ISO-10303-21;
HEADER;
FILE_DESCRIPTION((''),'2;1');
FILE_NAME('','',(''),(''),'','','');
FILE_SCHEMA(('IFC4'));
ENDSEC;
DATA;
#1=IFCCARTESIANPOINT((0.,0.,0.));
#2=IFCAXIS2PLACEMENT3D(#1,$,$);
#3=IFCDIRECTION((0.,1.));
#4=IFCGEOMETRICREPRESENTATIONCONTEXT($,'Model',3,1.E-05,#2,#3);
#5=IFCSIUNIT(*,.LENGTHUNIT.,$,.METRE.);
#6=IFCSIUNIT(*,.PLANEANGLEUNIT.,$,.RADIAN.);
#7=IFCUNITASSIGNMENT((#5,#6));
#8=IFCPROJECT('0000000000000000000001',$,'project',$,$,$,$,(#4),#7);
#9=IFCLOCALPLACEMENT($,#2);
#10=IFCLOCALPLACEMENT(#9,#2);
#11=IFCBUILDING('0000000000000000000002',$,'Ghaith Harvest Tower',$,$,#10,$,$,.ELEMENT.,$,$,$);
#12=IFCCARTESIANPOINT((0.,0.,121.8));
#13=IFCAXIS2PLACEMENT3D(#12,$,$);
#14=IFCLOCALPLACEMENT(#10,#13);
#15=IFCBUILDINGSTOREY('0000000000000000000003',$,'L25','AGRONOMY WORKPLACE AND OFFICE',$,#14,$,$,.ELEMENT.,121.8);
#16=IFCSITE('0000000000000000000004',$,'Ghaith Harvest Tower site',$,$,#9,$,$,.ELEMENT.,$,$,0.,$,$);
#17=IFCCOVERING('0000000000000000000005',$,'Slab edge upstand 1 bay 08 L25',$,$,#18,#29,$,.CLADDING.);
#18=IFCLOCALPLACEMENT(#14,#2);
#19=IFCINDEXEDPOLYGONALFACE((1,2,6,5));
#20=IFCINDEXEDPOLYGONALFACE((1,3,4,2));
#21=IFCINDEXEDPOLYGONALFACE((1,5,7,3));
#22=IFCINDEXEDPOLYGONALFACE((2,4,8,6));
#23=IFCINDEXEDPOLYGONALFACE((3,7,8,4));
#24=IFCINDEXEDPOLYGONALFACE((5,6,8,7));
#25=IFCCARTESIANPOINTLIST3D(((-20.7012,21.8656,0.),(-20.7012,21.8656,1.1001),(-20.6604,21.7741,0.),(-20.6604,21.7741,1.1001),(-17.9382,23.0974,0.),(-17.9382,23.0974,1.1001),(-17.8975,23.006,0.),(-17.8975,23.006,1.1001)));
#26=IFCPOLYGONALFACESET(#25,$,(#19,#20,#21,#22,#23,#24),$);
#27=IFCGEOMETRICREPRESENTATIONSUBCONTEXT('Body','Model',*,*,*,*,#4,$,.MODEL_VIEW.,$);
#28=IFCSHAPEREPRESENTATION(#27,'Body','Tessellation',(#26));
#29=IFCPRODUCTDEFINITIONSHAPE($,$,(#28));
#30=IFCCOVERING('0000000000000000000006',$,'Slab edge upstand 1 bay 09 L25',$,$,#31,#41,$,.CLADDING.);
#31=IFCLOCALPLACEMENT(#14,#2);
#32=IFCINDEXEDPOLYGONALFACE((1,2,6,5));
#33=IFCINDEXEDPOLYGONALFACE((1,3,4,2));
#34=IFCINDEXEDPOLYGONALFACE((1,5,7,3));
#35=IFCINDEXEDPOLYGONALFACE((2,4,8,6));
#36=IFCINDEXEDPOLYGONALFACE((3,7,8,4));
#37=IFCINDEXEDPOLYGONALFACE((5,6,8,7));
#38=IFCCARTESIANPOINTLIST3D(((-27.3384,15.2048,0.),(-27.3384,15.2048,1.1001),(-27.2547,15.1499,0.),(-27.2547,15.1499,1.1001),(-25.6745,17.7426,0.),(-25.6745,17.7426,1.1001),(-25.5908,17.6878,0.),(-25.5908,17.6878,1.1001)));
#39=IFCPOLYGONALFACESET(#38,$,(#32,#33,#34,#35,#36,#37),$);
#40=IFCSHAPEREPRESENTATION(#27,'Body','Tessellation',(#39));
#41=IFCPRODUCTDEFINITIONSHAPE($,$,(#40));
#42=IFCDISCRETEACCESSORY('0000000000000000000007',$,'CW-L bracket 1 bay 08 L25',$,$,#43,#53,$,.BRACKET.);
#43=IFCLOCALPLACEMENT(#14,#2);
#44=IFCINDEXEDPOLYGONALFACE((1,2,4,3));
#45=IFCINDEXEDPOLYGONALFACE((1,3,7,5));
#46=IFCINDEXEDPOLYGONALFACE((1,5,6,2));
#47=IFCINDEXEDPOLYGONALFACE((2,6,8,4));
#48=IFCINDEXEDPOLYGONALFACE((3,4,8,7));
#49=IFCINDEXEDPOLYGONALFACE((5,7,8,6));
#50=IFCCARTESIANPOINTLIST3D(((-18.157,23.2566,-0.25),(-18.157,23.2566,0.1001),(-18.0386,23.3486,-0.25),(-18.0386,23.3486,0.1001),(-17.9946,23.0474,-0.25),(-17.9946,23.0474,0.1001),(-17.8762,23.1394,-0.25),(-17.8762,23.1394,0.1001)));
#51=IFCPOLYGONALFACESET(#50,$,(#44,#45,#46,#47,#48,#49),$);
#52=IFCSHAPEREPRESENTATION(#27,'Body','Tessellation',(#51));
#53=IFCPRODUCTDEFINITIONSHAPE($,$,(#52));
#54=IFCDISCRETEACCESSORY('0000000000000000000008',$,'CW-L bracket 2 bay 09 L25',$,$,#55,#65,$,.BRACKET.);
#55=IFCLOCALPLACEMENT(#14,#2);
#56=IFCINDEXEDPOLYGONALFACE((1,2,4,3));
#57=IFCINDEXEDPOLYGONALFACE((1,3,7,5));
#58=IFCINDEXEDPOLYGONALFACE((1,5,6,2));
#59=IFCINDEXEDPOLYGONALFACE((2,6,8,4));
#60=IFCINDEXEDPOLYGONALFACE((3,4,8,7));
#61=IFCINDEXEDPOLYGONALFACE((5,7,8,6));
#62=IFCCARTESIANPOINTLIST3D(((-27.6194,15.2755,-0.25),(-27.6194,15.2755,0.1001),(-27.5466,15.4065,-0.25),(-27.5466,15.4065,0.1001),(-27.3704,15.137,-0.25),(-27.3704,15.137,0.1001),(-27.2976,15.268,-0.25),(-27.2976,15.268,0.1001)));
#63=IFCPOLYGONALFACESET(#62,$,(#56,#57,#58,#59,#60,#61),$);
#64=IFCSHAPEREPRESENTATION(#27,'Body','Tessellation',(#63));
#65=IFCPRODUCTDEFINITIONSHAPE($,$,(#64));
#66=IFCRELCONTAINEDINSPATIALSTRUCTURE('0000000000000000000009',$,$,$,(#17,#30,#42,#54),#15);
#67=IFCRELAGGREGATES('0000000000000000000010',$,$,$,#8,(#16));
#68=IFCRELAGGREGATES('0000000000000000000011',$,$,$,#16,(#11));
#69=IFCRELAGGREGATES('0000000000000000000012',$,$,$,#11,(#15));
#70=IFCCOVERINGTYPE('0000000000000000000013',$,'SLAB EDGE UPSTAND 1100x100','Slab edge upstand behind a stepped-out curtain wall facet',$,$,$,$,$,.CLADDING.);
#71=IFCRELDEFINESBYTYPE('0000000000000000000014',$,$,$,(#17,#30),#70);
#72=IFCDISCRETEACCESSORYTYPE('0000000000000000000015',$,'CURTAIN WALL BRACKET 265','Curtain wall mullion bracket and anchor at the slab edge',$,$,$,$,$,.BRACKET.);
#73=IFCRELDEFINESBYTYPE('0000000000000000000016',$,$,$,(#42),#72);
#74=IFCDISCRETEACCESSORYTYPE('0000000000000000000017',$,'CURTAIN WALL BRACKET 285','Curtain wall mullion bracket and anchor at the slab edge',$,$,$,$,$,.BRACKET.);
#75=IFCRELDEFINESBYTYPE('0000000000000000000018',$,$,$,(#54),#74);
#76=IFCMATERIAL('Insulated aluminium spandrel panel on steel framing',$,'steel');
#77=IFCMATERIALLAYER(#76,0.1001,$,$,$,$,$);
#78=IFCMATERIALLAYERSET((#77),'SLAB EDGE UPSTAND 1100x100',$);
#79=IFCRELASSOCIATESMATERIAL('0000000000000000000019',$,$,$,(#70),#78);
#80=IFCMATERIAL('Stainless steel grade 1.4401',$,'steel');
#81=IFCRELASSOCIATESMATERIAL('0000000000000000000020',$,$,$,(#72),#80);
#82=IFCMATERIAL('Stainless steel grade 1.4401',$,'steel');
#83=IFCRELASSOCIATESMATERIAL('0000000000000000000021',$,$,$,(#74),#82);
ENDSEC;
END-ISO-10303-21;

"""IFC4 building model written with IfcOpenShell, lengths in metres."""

from ifc_helpers import new_model, si_unit, direction, frame, origin, origin_2d, place, context, subcontext, project, spatial, rectangle, extrude, material, layer, layer_set, type_object, element, save


model = new_model("IFC4")

# Units and contexts
model_context = context("Model", 3, precision=1e-05, world=origin(), true_north=direction((0.0, 1.0)))
body_context = subcontext(model_context, "Body", "Model", "MODEL_VIEW")
ifc_project = project(units=[si_unit("LENGTHUNIT", "METRE"), si_unit("PLANEANGLEUNIT", "RADIAN")], contexts=[model_context])

# Site, building, storey
site_placement = place(None, origin())
site = spatial("IfcSite", under=ifc_project, at=site_placement, Name="Ghaith Harvest Tower site", CompositionType="ELEMENT", RefElevation=0.0)
building_placement = place(site_placement, origin())
building = spatial("IfcBuilding", under=site, at=building_placement, Name="Ghaith Harvest Tower", CompositionType="ELEMENT")
storey_placement = place(building_placement, frame((0.0, 0.0, 121.8)))
storey = spatial("IfcBuildingStorey", under=building, at=storey_placement, Name="L25", Description="AGRONOMY WORKPLACE AND OFFICE", CompositionType="ELEMENT", Elevation=121.8)

# Coverings
ifc_material_1 = material(Name="Insulated aluminium spandrel panel on steel framing", Category="steel")
ifc_layer_1 = layer(ifc_material_1, 0.1001)
ifc_layer_set_1 = layer_set([ifc_layer_1], Name="SLAB EDGE UPSTAND 1100x100")
covering_type = type_object("IfcCoveringType", Name="SLAB EDGE UPSTAND 1100x100", Description="Slab edge upstand behind a stepped-out curtain wall facet", PredefinedType="CLADDING", material=ifc_layer_set_1)
covering_1_placement = place(storey_placement, frame((-19.2993, 22.4358, 0.0), z_axis=(0.0, 0.0, 1.0), x_axis=(-0.913335, -0.40721, 0.0)))
element("IfcCovering", 1, at=covering_1_placement, inside=storey, type_object=covering_type, Name="Slab edge upstand 1 bay 08 L25", PredefinedType="CLADDING", context=body_context, shape_type="SweptSolid", body=[
    extrude(rectangle(XDim=3.0251, YDim=0.1001, at=origin_2d()), origin(), (0.0, 0.0, 1.0), 1.1001),
])
covering_2_placement = place(storey_placement, frame((-26.4646, 16.4463, 0.0), z_axis=(0.0, 0.0, 1.0), x_axis=(-0.548312, -0.836274, 0.0)))
element("IfcCovering", 2, at=covering_2_placement, inside=storey, type_object=covering_type, Name="Slab edge upstand 1 bay 09 L25", PredefinedType="CLADDING", context=body_context, shape_type="SweptSolid", body=[
    extrude(rectangle(XDim=3.0347, YDim=0.1001, at=origin_2d()), origin(), (0.0, 0.0, 1.0), 1.1001),
])

# Discrete accessories
ifc_material_2 = material(Name="Stainless steel grade 1.4401", Category="steel")
discrete_accessory_type_1 = type_object("IfcDiscreteAccessoryType", Name="CURTAIN WALL BRACKET 265", Description="Curtain wall mullion bracket and anchor at the slab edge", PredefinedType="BRACKET", material=ifc_material_2)
discrete_accessory_1_placement = place(storey_placement, frame((-18.0166, 23.198, -0.25), z_axis=(0.0, 0.0, 1.0), x_axis=(-0.613378, 0.78979, 0.0)))
element("IfcDiscreteAccessory", 3, at=discrete_accessory_1_placement, inside=storey, type_object=discrete_accessory_type_1, Name="CW-L bracket 1 bay 08 L25", PredefinedType="BRACKET", context=body_context, shape_type="SweptSolid", body=[
    extrude(rectangle(XDim=0.2649, YDim=0.1499, at=origin_2d()), origin(), (0.0, 0.0, 1.0), 0.3501),
])
ifc_material_3 = material(Name="Stainless steel grade 1.4401", Category="steel")
discrete_accessory_type_2 = type_object("IfcDiscreteAccessoryType", Name="CURTAIN WALL BRACKET 285", Description="Curtain wall mullion bracket and anchor at the slab edge", PredefinedType="BRACKET", material=ifc_material_3)
discrete_accessory_2_placement = place(storey_placement, frame((-27.4585, 15.2717, -0.25), z_axis=(0.0, 0.0, 1.0), x_axis=(-0.873927, 0.486057, 0.0)))
element("IfcDiscreteAccessory", 4, at=discrete_accessory_2_placement, inside=storey, type_object=discrete_accessory_type_2, Name="CW-L bracket 2 bay 09 L25", PredefinedType="BRACKET", context=body_context, shape_type="SweptSolid", body=[
    extrude(rectangle(XDim=0.2849, YDim=0.1499, at=origin_2d()), origin(), (0.0, 0.0, 1.0), 0.3501),
])

save(model, "model.ifc")
